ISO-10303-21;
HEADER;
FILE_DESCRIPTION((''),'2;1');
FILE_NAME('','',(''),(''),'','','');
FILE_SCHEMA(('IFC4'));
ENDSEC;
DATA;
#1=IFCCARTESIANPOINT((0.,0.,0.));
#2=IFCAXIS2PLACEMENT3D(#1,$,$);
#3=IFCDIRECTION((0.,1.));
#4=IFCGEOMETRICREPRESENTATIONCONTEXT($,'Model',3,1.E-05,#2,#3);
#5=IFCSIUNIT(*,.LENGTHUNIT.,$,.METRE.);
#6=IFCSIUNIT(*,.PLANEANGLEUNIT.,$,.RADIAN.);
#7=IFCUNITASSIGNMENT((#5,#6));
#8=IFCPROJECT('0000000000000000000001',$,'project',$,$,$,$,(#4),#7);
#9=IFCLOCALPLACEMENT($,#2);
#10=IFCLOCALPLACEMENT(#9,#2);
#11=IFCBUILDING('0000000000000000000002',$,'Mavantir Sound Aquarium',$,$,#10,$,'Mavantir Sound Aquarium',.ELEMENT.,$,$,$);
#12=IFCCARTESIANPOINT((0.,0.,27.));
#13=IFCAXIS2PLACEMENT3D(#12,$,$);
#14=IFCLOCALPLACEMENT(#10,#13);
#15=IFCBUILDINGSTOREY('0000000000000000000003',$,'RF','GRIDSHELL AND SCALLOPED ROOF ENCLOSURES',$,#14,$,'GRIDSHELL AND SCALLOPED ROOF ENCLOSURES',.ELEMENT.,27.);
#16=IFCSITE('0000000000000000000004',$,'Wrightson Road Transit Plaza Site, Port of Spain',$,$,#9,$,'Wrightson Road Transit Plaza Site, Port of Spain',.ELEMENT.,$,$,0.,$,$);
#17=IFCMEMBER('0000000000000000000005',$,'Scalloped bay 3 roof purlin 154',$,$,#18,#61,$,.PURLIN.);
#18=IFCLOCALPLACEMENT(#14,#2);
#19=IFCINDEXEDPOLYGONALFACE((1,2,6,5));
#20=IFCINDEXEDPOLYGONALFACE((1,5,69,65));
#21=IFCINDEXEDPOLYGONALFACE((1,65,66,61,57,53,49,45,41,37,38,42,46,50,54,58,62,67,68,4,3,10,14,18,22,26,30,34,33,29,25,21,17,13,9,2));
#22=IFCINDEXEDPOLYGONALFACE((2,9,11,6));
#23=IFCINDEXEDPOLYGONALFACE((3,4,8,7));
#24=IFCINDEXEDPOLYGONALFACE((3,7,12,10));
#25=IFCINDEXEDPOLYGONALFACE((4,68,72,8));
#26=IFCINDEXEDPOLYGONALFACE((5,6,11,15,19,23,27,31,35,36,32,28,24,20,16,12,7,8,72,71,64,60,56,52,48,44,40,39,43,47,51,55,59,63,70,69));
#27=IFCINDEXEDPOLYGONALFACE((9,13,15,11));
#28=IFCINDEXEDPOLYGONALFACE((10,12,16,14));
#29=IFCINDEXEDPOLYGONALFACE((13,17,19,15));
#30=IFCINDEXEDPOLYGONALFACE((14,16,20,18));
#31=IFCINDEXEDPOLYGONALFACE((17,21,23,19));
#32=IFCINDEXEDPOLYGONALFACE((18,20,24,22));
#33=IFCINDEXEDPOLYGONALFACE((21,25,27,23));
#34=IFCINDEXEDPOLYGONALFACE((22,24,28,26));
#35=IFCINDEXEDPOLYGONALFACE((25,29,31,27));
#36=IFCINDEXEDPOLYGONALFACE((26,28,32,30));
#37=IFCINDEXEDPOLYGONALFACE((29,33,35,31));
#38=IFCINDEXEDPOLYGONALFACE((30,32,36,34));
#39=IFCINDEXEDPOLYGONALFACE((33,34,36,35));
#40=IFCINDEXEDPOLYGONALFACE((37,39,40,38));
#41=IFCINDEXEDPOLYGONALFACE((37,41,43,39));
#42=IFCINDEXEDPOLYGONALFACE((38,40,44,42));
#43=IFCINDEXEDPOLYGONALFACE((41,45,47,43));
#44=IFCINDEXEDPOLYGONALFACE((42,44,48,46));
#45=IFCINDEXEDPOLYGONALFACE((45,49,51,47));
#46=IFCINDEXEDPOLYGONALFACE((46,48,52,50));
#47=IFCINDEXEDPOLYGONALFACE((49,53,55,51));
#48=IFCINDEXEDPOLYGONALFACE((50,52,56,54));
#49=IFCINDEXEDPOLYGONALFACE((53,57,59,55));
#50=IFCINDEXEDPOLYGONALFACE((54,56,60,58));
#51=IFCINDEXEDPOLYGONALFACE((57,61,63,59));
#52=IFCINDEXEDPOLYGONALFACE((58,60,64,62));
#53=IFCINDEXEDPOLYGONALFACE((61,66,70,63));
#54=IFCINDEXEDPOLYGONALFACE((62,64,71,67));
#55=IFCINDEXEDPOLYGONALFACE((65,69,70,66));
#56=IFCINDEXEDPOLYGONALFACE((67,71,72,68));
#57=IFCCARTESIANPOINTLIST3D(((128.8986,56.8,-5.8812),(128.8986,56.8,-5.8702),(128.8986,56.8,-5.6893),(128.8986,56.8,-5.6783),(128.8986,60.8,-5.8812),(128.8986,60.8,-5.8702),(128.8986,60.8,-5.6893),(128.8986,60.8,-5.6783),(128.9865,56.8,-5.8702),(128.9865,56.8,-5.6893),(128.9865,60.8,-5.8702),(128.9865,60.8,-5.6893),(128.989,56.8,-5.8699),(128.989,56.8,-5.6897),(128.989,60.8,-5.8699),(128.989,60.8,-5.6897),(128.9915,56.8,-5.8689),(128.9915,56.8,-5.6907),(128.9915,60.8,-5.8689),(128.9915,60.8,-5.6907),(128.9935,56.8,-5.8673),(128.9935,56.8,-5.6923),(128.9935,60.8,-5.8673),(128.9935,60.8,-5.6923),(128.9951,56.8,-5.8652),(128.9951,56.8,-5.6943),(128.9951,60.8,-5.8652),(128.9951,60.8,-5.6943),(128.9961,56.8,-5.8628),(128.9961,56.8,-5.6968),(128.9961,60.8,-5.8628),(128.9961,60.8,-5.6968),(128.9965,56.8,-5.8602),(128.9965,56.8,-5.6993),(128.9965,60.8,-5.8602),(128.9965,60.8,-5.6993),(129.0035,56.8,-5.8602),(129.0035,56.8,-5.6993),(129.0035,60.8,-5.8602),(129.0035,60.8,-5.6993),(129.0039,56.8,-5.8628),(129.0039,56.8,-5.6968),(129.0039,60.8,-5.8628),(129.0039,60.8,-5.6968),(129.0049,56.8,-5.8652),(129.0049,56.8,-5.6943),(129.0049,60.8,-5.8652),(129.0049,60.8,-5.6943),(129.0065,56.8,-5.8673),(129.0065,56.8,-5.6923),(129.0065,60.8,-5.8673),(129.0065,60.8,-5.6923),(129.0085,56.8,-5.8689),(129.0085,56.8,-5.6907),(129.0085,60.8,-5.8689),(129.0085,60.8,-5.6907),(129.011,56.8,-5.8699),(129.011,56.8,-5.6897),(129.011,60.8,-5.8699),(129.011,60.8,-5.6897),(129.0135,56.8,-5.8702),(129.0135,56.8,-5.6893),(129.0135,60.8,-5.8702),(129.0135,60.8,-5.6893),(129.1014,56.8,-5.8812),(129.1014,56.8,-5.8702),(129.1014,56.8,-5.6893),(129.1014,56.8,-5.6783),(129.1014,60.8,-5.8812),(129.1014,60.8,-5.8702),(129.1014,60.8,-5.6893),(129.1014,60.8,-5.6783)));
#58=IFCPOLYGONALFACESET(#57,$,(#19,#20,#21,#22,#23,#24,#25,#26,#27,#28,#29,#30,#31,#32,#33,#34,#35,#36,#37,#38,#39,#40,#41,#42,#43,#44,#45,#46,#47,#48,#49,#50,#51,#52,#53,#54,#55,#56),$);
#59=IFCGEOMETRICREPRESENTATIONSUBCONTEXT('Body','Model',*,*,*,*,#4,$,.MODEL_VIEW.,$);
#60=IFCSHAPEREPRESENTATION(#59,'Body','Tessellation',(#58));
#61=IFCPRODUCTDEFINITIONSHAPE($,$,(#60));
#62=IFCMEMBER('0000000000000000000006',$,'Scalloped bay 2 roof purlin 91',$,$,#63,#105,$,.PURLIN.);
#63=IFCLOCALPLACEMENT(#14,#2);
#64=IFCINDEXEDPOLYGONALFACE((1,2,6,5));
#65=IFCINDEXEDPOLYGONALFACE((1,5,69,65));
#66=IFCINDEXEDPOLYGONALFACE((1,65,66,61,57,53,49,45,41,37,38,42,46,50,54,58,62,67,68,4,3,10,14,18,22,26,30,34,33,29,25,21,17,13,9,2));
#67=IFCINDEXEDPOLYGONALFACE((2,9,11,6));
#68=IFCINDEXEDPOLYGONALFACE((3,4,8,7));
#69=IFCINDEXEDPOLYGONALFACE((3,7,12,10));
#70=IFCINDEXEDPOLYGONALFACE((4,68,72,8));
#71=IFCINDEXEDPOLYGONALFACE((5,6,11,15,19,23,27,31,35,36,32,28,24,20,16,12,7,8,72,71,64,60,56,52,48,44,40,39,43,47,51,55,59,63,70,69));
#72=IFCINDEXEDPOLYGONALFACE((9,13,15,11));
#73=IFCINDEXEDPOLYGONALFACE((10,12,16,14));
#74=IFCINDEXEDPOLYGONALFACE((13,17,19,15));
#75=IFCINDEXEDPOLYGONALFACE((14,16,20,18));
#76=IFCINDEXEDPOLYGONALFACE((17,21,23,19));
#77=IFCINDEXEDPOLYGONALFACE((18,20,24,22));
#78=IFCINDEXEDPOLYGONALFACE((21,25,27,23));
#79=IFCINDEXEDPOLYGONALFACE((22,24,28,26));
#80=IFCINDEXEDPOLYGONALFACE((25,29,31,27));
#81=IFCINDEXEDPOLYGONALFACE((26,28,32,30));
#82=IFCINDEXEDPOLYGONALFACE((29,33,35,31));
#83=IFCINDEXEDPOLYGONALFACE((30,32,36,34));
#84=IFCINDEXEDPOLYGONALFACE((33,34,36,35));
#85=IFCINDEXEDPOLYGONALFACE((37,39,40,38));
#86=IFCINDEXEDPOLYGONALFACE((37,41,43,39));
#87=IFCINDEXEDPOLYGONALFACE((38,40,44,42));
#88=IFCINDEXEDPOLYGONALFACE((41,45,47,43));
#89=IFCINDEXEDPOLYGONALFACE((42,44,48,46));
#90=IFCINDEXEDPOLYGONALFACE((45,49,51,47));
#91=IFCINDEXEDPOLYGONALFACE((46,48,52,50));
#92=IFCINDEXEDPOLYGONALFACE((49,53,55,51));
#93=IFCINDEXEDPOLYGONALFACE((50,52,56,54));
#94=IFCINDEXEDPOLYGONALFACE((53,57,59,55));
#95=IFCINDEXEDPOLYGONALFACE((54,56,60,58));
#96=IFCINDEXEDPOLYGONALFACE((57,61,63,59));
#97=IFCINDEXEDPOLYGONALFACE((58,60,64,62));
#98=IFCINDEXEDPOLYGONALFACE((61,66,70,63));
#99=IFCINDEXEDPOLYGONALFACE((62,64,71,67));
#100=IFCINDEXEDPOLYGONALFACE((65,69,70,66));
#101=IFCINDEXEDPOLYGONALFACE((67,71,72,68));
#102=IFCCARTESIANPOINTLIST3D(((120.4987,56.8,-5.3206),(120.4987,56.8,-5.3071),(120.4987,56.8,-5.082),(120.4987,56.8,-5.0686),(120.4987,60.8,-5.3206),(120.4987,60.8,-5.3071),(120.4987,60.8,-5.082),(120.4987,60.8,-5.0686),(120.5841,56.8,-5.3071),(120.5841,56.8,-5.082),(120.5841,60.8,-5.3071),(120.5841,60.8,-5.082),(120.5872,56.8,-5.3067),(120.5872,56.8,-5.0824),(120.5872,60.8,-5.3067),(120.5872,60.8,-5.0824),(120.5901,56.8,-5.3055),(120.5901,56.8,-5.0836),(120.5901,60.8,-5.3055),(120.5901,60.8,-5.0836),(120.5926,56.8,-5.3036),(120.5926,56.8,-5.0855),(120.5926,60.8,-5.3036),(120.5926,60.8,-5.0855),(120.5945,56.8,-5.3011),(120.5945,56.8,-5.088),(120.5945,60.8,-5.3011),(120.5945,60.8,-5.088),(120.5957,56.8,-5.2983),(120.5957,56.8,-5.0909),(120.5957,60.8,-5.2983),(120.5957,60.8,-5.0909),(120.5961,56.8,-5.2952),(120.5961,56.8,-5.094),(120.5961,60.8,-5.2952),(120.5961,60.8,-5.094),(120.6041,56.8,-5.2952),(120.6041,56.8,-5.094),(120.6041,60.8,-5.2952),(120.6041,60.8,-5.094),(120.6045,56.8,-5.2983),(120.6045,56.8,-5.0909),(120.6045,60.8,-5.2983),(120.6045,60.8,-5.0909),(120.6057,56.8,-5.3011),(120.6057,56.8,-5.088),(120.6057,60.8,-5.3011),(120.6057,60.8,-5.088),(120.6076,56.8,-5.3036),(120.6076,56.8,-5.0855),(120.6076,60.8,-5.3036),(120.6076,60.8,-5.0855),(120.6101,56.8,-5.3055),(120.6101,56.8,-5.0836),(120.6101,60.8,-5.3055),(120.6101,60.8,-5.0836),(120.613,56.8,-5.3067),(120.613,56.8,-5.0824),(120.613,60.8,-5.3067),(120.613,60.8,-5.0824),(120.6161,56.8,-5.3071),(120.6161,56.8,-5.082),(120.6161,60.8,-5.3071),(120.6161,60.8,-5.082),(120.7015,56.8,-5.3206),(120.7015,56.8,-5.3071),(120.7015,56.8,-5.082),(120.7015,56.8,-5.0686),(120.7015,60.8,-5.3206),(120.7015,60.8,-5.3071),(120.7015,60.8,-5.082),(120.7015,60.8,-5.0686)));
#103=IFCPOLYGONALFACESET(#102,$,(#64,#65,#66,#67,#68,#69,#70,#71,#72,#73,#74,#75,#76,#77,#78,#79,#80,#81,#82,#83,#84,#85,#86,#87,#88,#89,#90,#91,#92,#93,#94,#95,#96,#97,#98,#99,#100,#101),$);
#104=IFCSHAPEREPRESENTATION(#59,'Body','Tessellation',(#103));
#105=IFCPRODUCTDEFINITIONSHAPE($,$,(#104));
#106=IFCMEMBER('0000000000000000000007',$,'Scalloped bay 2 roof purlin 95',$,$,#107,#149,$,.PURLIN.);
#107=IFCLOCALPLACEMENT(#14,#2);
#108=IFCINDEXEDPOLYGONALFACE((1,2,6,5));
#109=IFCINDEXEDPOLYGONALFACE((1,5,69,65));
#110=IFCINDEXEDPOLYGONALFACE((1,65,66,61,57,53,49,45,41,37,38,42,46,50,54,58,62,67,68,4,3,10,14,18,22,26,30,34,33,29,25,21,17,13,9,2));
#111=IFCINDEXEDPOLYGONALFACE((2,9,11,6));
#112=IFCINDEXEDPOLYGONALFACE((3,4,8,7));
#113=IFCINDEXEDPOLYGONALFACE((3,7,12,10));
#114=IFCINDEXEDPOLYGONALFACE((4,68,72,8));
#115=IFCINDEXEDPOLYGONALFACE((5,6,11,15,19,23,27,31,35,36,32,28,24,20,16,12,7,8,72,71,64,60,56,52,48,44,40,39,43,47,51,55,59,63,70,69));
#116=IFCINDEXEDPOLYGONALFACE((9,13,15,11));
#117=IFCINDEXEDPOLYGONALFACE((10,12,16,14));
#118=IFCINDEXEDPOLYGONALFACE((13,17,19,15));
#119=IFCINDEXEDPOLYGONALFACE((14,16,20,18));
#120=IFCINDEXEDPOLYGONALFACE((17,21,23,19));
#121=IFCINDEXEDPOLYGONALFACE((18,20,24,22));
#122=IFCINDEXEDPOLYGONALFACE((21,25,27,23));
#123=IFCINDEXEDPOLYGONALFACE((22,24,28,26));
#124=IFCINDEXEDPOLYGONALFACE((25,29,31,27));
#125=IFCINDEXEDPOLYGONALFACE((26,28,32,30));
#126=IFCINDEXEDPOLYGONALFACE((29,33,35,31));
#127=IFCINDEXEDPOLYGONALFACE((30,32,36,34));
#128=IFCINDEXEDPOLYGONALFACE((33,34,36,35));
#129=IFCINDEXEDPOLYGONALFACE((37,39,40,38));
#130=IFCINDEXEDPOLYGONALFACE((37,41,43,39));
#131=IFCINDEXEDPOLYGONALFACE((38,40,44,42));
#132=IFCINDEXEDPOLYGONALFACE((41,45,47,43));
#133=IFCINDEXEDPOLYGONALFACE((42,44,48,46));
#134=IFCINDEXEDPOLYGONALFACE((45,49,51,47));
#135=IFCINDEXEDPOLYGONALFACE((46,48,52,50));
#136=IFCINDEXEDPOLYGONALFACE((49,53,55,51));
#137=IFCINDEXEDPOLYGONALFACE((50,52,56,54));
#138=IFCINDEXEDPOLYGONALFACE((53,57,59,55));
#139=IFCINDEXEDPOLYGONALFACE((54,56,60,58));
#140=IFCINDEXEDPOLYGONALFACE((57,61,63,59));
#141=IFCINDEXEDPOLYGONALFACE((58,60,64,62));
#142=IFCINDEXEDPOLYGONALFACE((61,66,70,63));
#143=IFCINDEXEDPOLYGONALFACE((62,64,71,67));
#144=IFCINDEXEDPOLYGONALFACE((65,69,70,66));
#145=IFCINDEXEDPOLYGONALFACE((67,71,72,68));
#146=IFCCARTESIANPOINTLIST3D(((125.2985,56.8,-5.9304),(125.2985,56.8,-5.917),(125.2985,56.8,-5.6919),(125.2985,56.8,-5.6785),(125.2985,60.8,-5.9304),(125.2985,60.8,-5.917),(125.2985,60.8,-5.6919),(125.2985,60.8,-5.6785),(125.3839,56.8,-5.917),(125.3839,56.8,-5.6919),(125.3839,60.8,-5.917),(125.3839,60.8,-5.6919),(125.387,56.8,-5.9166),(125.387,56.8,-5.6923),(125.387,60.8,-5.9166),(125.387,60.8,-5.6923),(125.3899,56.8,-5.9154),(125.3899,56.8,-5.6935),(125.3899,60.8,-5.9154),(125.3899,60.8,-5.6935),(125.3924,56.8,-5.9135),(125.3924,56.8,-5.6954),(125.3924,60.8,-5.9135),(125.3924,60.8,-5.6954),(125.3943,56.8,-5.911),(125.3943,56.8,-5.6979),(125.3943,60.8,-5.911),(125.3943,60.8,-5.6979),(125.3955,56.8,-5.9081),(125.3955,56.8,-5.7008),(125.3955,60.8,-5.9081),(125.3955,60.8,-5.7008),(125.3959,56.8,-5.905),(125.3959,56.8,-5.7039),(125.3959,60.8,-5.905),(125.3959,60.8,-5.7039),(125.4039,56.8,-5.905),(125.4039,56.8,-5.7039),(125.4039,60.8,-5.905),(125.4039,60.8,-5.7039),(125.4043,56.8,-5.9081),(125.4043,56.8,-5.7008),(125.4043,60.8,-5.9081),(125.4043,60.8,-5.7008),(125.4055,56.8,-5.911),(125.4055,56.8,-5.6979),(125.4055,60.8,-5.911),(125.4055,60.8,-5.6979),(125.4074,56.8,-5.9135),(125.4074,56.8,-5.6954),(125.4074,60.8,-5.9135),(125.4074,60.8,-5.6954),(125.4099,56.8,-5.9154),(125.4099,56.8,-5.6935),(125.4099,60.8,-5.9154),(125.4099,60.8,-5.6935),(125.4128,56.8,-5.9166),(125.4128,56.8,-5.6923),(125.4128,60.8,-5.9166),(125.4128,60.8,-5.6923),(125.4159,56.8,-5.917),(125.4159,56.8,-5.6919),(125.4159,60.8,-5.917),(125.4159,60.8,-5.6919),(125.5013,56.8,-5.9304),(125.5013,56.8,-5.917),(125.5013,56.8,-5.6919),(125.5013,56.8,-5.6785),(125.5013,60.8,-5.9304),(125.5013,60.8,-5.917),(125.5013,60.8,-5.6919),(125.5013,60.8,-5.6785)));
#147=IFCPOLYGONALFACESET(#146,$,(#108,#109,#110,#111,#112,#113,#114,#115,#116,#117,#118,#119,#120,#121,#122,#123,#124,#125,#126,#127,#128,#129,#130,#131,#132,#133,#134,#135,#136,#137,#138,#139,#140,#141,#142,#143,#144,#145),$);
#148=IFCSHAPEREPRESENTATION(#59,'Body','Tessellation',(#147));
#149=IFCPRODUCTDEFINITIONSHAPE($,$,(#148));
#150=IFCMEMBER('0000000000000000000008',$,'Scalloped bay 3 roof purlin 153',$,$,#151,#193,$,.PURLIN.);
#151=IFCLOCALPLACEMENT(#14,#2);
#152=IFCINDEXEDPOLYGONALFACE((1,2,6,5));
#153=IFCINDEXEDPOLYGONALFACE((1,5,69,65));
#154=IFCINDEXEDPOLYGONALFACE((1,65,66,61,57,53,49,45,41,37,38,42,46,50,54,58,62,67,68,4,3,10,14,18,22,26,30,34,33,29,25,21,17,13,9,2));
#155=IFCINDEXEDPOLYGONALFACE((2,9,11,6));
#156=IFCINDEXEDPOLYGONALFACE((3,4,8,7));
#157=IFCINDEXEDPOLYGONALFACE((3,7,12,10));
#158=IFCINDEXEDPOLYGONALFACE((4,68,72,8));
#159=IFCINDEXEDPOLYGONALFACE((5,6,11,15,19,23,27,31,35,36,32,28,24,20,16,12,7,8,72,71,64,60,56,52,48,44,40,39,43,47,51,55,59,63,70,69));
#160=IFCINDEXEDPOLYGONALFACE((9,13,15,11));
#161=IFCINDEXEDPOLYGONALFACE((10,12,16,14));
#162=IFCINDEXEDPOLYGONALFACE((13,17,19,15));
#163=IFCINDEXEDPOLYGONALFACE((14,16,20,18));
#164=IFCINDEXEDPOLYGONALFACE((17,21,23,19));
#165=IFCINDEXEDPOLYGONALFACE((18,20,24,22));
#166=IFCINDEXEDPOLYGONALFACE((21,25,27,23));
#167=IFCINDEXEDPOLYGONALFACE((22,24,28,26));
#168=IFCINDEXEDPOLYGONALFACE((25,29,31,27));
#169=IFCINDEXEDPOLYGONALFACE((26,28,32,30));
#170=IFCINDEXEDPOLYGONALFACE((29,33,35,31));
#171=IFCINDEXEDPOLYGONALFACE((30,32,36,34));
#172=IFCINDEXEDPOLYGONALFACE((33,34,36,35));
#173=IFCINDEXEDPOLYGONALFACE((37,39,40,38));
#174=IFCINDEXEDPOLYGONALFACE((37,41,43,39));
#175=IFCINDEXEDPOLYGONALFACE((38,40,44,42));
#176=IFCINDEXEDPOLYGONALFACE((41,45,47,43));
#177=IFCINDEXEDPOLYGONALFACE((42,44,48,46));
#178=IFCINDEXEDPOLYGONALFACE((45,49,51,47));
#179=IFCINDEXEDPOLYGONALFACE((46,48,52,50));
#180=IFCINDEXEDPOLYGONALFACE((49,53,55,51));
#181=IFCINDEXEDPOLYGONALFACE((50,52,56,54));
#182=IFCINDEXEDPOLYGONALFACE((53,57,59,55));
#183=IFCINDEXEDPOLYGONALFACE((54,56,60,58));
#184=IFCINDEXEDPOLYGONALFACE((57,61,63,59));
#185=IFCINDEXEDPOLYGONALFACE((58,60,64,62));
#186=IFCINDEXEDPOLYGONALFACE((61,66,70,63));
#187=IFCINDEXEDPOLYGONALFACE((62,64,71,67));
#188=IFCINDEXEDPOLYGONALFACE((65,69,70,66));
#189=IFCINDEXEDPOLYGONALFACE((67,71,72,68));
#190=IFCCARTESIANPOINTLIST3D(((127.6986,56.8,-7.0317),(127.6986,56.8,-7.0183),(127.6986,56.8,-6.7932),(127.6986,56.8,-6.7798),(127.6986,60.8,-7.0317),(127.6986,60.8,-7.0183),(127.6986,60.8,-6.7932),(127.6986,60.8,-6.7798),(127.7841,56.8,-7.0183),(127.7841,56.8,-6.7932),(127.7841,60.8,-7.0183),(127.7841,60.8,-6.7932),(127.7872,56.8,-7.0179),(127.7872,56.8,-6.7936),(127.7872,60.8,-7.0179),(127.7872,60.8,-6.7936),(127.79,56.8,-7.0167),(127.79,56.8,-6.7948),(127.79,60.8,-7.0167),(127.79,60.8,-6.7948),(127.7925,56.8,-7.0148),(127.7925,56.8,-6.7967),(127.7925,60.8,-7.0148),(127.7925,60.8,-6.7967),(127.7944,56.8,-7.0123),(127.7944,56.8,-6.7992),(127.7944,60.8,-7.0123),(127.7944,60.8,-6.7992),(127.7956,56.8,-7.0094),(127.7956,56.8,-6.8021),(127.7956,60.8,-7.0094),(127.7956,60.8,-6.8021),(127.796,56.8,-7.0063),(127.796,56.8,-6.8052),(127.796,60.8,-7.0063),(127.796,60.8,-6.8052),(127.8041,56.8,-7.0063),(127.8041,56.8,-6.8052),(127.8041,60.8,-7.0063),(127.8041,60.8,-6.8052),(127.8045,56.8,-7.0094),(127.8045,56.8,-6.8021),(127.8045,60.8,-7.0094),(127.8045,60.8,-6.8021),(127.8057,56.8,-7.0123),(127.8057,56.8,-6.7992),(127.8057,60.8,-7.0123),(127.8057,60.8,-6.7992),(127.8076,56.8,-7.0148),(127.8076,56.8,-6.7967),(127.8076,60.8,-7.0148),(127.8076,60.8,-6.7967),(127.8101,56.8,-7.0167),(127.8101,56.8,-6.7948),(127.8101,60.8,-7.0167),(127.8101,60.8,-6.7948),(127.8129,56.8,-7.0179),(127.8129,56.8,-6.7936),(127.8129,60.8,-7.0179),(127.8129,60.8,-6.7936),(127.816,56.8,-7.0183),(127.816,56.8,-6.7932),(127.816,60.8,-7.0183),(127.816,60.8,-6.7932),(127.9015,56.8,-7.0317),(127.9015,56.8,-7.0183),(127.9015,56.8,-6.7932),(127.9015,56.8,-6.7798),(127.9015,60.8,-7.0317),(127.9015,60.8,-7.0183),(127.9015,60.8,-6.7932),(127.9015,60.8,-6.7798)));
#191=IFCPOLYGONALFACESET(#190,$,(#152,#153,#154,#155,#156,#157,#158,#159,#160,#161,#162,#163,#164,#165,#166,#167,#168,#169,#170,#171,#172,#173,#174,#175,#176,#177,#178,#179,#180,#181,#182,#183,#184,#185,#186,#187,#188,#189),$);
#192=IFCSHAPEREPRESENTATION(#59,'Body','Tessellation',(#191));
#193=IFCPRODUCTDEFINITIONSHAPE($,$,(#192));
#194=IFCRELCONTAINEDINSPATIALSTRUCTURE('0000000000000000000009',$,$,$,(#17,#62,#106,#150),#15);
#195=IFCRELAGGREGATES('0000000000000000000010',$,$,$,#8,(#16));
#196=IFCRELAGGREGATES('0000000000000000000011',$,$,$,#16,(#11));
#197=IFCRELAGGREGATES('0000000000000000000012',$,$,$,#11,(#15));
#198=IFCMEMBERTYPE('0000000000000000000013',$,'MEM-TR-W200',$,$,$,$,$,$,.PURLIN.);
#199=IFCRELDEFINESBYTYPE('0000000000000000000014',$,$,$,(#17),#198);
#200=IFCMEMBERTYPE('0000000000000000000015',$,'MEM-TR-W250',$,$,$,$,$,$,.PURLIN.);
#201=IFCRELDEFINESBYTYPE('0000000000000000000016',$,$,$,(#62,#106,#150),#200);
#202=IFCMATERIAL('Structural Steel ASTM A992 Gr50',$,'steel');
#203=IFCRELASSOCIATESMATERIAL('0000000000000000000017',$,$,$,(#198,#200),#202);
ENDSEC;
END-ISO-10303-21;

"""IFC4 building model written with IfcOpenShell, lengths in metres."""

from ifc_helpers import new_model, si_unit, direction, frame, origin, origin_2d, place, context, subcontext, project, spatial, i_section, extrude, material, material_profile, profile_set, type_object, element, save


model = new_model("IFC4")

# Units and contexts
model_context = context("Model", 3, precision=1e-05, world=origin(), true_north=direction((0.0, 1.0)))
body_context = subcontext(model_context, "Body", "Model", "MODEL_VIEW")
ifc_project = project(units=[si_unit("LENGTHUNIT", "METRE"), si_unit("PLANEANGLEUNIT", "RADIAN")], contexts=[model_context])

# Site, building, storey
site_placement = place(None, origin())
site = spatial("IfcSite", under=ifc_project, at=site_placement, Name="Wrightson Road Transit Plaza Site, Port of Spain", LongName="Wrightson Road Transit Plaza Site, Port of Spain", CompositionType="ELEMENT", RefElevation=0.0)
building_placement = place(site_placement, origin())
building = spatial("IfcBuilding", under=site, at=building_placement, Name="Mavantir Sound Aquarium", LongName="Mavantir Sound Aquarium", CompositionType="ELEMENT")
storey_placement = place(building_placement, frame((0.0, 0.0, 27.0)))
storey = spatial("IfcBuildingStorey", under=building, at=storey_placement, Name="RF", Description="GRIDSHELL AND SCALLOPED ROOF ENCLOSURES", LongName="GRIDSHELL AND SCALLOPED ROOF ENCLOSURES", CompositionType="ELEMENT", Elevation=27.0)

# Shared definitions
ifc_material_1 = material(Name="Structural Steel ASTM A992 Gr50", Category="steel")

# Members
ifc_material_profile_1 = material_profile(ifc_material_1, i_section(OverallWidth=0.2029, OverallDepth=0.2029, WebThickness=0.0071, FlangeThickness=0.011, FilletRadius=0.01, at=origin_2d()), Name="W200X46")
ifc_profile_set_1 = profile_set([ifc_material_profile_1], Name="Structural Steel ASTM A992 Gr50")
member_type_1 = type_object("IfcMemberType", Name="MEM-TR-W200", PredefinedType="PURLIN", material=ifc_profile_set_1)
member_1_placement = place(storey_placement, frame((129.0, 56.8, -5.7798), z_axis=(0.0, 1.0, 0.0), x_axis=(-1.0, 0.0, 0.0)))
element("IfcMember", 1, at=member_1_placement, inside=storey, type_object=member_type_1, Name="Scalloped bay 3 roof purlin 154", PredefinedType="PURLIN", context=body_context, shape_type="SweptSolid", body=[
    extrude(i_section(OverallWidth=0.2029, OverallDepth=0.2029, WebThickness=0.0071, FlangeThickness=0.011, FilletRadius=0.01, at=origin_2d()), origin(), (0.0, 0.0, 1.0), 4.0),
])
ifc_material_profile_2 = material_profile(ifc_material_1, i_section(OverallWidth=0.2029, OverallDepth=0.252, WebThickness=0.0081, FlangeThickness=0.0134, FilletRadius=0.012, at=origin_2d()), Name="W250X58")
ifc_profile_set_2 = profile_set([ifc_material_profile_2], Name="Structural Steel ASTM A992 Gr50")
member_type_2 = type_object("IfcMemberType", Name="MEM-TR-W250", PredefinedType="PURLIN", material=ifc_profile_set_2)
for number, where, z_axis, x_axis, name in (
    (2, (120.6001, 56.8, -5.1946), (0.0, 1.0, 0.0), (-1.0, 0.0, 0.0), "Scalloped bay 2 roof purlin 91"),
    (3, (125.3999, 56.8, -5.8044), (0.0, 1.0, 0.0), (-1.0, 0.0, 0.0), "Scalloped bay 2 roof purlin 95"),
    (4, (127.8, 56.8, -6.9058), (0.0, 1.0, 0.0), (-1.0, 0.0, 0.0), "Scalloped bay 3 roof purlin 153"),
):
    element("IfcMember", number, at=place(storey_placement, frame(where, z_axis=z_axis, x_axis=x_axis)), inside=storey, type_object=member_type_2, Name=name, PredefinedType="PURLIN", context=body_context, shape_type="SweptSolid", body=[
        extrude(i_section(OverallWidth=0.2029, OverallDepth=0.252, WebThickness=0.0081, FlangeThickness=0.0134, FilletRadius=0.012, at=origin_2d()), origin(), (0.0, 0.0, 1.0), 4.0),
    ])

save(model, "model.ifc")
